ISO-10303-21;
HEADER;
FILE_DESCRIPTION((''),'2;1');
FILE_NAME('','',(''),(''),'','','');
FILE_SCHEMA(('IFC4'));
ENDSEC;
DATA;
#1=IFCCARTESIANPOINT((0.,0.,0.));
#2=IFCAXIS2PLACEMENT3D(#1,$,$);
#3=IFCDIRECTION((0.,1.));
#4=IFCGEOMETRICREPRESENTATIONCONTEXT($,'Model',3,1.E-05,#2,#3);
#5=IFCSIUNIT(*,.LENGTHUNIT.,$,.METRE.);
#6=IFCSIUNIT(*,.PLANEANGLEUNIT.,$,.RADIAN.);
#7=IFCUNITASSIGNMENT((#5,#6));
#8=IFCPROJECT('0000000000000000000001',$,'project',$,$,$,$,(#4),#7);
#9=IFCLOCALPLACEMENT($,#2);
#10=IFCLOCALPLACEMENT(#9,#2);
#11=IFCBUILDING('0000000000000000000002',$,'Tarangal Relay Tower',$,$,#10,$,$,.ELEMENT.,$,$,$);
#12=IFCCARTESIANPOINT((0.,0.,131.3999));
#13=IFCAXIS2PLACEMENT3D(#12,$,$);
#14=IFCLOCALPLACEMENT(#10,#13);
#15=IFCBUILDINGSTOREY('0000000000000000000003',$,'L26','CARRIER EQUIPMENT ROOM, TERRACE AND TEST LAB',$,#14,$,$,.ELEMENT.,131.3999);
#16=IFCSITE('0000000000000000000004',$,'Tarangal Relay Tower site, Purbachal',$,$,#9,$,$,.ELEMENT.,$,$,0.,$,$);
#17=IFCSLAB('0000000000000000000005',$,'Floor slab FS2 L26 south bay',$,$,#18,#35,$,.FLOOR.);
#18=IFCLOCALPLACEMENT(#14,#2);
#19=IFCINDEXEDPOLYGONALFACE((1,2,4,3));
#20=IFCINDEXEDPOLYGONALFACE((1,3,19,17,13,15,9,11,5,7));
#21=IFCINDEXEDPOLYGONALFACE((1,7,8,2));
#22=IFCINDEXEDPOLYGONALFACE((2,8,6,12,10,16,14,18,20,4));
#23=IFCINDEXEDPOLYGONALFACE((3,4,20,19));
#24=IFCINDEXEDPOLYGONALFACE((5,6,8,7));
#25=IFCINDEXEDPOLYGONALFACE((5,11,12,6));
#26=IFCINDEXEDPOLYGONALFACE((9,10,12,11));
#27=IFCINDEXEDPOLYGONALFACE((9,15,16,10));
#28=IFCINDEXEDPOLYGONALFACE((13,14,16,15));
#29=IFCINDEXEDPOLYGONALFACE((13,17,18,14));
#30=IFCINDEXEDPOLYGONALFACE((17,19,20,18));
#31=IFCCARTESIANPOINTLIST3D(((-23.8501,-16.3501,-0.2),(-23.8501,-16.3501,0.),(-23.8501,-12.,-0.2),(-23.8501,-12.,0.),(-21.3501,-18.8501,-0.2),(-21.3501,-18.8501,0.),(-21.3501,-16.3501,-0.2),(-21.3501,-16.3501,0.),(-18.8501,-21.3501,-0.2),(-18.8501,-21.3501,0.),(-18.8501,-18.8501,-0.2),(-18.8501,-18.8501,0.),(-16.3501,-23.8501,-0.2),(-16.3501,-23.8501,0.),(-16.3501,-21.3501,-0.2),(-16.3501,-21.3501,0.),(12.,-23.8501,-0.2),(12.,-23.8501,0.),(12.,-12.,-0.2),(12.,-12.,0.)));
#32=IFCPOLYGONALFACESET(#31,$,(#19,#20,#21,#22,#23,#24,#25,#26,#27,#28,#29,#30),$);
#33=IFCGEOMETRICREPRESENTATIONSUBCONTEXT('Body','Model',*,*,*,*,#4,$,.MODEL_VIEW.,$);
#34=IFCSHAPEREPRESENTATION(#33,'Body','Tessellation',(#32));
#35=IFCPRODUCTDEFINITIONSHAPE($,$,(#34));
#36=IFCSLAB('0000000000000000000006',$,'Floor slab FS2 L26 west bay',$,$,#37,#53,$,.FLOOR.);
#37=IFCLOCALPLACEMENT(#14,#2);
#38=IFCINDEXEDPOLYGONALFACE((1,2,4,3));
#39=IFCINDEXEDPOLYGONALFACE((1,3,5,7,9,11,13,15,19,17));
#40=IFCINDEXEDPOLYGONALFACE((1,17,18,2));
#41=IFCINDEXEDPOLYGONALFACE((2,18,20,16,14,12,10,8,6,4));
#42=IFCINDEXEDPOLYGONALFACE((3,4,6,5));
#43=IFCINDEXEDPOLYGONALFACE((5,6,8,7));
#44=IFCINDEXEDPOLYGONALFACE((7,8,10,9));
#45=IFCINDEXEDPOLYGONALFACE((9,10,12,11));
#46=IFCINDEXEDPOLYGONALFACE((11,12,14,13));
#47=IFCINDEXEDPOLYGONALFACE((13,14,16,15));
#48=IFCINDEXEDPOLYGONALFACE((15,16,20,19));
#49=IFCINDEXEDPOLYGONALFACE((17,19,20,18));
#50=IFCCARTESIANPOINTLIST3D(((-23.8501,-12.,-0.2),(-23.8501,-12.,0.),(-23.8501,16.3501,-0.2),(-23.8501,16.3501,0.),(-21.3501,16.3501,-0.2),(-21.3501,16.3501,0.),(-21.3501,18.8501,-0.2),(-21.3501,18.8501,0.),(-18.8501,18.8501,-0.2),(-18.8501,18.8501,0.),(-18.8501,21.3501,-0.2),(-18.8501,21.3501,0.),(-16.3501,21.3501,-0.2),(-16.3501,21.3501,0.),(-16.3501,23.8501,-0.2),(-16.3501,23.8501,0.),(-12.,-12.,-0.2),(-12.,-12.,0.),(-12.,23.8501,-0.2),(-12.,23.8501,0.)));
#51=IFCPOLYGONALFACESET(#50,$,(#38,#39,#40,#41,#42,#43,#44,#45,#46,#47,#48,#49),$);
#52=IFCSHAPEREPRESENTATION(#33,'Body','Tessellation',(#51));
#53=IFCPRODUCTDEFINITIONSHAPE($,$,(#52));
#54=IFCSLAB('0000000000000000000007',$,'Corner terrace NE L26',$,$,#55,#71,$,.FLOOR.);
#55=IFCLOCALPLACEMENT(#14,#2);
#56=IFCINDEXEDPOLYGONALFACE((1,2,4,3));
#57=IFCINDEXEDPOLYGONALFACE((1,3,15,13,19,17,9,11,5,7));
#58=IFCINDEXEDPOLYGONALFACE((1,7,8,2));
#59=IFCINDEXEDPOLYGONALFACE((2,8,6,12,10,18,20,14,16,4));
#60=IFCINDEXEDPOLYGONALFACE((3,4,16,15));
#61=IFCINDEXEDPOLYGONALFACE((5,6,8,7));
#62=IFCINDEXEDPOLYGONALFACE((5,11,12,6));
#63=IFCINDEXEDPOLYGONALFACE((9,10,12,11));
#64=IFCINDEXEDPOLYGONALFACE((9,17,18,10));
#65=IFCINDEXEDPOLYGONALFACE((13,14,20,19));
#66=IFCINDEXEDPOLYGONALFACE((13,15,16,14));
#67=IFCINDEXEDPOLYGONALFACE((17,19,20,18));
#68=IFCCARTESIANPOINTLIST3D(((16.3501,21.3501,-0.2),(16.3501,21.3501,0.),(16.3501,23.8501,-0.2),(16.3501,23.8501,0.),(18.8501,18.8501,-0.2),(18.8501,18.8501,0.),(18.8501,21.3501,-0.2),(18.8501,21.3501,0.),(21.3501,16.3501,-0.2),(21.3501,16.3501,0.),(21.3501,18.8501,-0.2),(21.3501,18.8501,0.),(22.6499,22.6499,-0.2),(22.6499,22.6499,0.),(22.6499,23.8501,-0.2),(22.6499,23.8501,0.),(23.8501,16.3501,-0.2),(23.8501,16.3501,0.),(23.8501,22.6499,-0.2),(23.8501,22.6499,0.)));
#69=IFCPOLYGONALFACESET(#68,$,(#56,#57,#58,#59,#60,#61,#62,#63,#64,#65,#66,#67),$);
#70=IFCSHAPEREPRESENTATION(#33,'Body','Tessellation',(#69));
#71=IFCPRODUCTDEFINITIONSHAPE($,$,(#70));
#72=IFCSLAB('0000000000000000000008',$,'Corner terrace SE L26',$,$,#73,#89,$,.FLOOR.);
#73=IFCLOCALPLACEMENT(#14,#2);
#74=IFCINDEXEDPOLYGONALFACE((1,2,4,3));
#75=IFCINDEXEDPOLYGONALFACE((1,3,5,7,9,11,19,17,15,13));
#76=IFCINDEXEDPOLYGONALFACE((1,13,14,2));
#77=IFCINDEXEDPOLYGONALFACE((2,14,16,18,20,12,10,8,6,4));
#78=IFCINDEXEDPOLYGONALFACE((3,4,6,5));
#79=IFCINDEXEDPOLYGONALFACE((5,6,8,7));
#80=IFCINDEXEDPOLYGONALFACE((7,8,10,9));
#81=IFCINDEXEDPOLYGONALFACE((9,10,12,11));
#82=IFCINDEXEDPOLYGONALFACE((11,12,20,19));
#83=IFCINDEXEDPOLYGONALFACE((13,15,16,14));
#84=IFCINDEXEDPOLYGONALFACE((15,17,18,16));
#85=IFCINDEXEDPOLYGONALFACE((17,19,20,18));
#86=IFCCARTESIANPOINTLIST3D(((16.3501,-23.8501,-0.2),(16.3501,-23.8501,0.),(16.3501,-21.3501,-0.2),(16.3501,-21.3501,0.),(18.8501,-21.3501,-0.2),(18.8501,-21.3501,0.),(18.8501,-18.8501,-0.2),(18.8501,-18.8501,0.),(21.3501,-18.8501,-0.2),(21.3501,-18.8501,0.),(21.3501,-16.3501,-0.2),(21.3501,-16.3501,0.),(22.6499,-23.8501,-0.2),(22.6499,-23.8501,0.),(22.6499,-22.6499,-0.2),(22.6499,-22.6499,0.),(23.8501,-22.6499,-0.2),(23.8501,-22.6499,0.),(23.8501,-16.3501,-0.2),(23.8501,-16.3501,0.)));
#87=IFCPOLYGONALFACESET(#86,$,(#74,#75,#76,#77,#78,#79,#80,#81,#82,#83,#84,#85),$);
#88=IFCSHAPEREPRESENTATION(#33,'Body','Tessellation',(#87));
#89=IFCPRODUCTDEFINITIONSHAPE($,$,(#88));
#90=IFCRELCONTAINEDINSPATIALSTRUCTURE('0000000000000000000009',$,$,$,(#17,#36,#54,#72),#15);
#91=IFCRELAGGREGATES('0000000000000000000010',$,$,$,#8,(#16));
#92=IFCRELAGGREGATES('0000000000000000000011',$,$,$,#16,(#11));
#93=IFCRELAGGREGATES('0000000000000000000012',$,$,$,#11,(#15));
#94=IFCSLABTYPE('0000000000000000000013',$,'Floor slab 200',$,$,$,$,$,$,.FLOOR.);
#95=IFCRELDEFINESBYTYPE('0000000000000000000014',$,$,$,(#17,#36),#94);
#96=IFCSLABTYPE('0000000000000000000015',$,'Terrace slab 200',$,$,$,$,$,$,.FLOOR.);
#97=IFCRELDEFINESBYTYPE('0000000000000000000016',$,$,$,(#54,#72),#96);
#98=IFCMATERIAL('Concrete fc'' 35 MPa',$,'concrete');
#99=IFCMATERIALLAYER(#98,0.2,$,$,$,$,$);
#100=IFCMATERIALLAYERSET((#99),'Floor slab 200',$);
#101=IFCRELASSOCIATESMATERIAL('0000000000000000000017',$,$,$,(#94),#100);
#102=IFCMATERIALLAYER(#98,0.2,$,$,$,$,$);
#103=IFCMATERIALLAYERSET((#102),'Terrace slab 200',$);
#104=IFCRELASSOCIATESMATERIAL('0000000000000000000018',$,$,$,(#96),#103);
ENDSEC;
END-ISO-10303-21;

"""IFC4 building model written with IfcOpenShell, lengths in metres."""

from ifc_helpers import new_model, si_unit, direction, frame, origin, place, context, subcontext, project, spatial, polyline, outline, extrude, material, layer, layer_set, type_object, element, save


model = new_model("IFC4")

# Units and contexts
model_context = context("Model", 3, precision=1e-05, world=origin(), true_north=direction((0.0, 1.0)))
body_context = subcontext(model_context, "Body", "Model", "MODEL_VIEW")
ifc_project = project(units=[si_unit("LENGTHUNIT", "METRE"), si_unit("PLANEANGLEUNIT", "RADIAN")], contexts=[model_context])

# Site, building, storey
site_placement = place(None, origin())
site = spatial("IfcSite", under=ifc_project, at=site_placement, Name="Tarangal Relay Tower site, Purbachal", CompositionType="ELEMENT", RefElevation=0.0)
building_placement = place(site_placement, origin())
building = spatial("IfcBuilding", under=site, at=building_placement, Name="Tarangal Relay Tower", CompositionType="ELEMENT")
storey_placement = place(building_placement, frame((0.0, 0.0, 131.3999)))
storey = spatial("IfcBuildingStorey", under=building, at=storey_placement, Name="L26", Description="CARRIER EQUIPMENT ROOM, TERRACE AND TEST LAB", CompositionType="ELEMENT", Elevation=131.3999)

# Slabs
ifc_material_1 = material(Name="Concrete fc' 35 MPa", Category="concrete")
ifc_layer_1 = layer(ifc_material_1, 0.2)
ifc_layer_set_1 = layer_set([ifc_layer_1], Name="Floor slab 200")
slab_type_1 = type_object("IfcSlabType", Name="Floor slab 200", PredefinedType="FLOOR", material=ifc_layer_set_1)
slab_1_placement = place(storey_placement, frame((0.0, 0.0, -0.2)))
element("IfcSlab", 1, at=slab_1_placement, inside=storey, type_object=slab_type_1, Name="Floor slab FS2 L26 south bay", PredefinedType="FLOOR", context=body_context, shape_type="SweptSolid", body=[
    extrude(outline(polyline([(-16.3501, -23.8501), (-16.3501, -21.3501), (-18.8501, -21.3501), (-18.8501, -18.8501), (-21.3501, -18.8501), (-21.3501, -16.3501), (-23.8501, -16.3501), (-23.8501, -12.0), (12.0, -12.0), (12.0, -23.8501), (-16.3501, -23.8501)])), origin(), (0.0, 0.0, 1.0), 0.2),
])
slab_2_placement = place(storey_placement, frame((0.0, 0.0, -0.2)))
element("IfcSlab", 2, at=slab_2_placement, inside=storey, type_object=slab_type_1, Name="Floor slab FS2 L26 west bay", PredefinedType="FLOOR", context=body_context, shape_type="SweptSolid", body=[
    extrude(outline(polyline([(-12.0, 23.8501), (-12.0, -12.0), (-23.8501, -12.0), (-23.8501, 16.3501), (-21.3501, 16.3501), (-21.3501, 18.8501), (-18.8501, 18.8501), (-18.8501, 21.3501), (-16.3501, 21.3501), (-16.3501, 23.8501), (-12.0, 23.8501)])), origin(), (0.0, 0.0, 1.0), 0.2),
])
ifc_layer_2 = layer(ifc_material_1, 0.2)
ifc_layer_set_2 = layer_set([ifc_layer_2], Name="Terrace slab 200")
slab_type_2 = type_object("IfcSlabType", Name="Terrace slab 200", PredefinedType="FLOOR", material=ifc_layer_set_2)
slab_3_placement = place(storey_placement, frame((0.0, 0.0, -0.2)))
element("IfcSlab", 3, at=slab_3_placement, inside=storey, type_object=slab_type_2, Name="Corner terrace NE L26", PredefinedType="FLOOR", context=body_context, shape_type="SweptSolid", body=[
    extrude(outline(polyline([(16.3501, 23.8501), (16.3501, 21.3501), (18.8501, 21.3501), (18.8501, 18.8501), (21.3501, 18.8501), (21.3501, 16.3501), (23.8501, 16.3501), (23.8501, 22.6499), (22.6499, 22.6499), (22.6499, 23.8501), (16.3501, 23.8501)])), origin(), (0.0, 0.0, 1.0), 0.2),
])
slab_4_placement = place(storey_placement, frame((0.0, 0.0, -0.2)))
element("IfcSlab", 4, at=slab_4_placement, inside=storey, type_object=slab_type_2, Name="Corner terrace SE L26", PredefinedType="FLOOR", context=body_context, shape_type="SweptSolid", body=[
    extrude(outline(polyline([(23.8501, -16.3501), (21.3501, -16.3501), (21.3501, -18.8501), (18.8501, -18.8501), (18.8501, -21.3501), (16.3501, -21.3501), (16.3501, -23.8501), (22.6499, -23.8501), (22.6499, -22.6499), (23.8501, -22.6499), (23.8501, -16.3501)])), origin(), (0.0, 0.0, 1.0), 0.2),
])

save(model, "model.ifc")
